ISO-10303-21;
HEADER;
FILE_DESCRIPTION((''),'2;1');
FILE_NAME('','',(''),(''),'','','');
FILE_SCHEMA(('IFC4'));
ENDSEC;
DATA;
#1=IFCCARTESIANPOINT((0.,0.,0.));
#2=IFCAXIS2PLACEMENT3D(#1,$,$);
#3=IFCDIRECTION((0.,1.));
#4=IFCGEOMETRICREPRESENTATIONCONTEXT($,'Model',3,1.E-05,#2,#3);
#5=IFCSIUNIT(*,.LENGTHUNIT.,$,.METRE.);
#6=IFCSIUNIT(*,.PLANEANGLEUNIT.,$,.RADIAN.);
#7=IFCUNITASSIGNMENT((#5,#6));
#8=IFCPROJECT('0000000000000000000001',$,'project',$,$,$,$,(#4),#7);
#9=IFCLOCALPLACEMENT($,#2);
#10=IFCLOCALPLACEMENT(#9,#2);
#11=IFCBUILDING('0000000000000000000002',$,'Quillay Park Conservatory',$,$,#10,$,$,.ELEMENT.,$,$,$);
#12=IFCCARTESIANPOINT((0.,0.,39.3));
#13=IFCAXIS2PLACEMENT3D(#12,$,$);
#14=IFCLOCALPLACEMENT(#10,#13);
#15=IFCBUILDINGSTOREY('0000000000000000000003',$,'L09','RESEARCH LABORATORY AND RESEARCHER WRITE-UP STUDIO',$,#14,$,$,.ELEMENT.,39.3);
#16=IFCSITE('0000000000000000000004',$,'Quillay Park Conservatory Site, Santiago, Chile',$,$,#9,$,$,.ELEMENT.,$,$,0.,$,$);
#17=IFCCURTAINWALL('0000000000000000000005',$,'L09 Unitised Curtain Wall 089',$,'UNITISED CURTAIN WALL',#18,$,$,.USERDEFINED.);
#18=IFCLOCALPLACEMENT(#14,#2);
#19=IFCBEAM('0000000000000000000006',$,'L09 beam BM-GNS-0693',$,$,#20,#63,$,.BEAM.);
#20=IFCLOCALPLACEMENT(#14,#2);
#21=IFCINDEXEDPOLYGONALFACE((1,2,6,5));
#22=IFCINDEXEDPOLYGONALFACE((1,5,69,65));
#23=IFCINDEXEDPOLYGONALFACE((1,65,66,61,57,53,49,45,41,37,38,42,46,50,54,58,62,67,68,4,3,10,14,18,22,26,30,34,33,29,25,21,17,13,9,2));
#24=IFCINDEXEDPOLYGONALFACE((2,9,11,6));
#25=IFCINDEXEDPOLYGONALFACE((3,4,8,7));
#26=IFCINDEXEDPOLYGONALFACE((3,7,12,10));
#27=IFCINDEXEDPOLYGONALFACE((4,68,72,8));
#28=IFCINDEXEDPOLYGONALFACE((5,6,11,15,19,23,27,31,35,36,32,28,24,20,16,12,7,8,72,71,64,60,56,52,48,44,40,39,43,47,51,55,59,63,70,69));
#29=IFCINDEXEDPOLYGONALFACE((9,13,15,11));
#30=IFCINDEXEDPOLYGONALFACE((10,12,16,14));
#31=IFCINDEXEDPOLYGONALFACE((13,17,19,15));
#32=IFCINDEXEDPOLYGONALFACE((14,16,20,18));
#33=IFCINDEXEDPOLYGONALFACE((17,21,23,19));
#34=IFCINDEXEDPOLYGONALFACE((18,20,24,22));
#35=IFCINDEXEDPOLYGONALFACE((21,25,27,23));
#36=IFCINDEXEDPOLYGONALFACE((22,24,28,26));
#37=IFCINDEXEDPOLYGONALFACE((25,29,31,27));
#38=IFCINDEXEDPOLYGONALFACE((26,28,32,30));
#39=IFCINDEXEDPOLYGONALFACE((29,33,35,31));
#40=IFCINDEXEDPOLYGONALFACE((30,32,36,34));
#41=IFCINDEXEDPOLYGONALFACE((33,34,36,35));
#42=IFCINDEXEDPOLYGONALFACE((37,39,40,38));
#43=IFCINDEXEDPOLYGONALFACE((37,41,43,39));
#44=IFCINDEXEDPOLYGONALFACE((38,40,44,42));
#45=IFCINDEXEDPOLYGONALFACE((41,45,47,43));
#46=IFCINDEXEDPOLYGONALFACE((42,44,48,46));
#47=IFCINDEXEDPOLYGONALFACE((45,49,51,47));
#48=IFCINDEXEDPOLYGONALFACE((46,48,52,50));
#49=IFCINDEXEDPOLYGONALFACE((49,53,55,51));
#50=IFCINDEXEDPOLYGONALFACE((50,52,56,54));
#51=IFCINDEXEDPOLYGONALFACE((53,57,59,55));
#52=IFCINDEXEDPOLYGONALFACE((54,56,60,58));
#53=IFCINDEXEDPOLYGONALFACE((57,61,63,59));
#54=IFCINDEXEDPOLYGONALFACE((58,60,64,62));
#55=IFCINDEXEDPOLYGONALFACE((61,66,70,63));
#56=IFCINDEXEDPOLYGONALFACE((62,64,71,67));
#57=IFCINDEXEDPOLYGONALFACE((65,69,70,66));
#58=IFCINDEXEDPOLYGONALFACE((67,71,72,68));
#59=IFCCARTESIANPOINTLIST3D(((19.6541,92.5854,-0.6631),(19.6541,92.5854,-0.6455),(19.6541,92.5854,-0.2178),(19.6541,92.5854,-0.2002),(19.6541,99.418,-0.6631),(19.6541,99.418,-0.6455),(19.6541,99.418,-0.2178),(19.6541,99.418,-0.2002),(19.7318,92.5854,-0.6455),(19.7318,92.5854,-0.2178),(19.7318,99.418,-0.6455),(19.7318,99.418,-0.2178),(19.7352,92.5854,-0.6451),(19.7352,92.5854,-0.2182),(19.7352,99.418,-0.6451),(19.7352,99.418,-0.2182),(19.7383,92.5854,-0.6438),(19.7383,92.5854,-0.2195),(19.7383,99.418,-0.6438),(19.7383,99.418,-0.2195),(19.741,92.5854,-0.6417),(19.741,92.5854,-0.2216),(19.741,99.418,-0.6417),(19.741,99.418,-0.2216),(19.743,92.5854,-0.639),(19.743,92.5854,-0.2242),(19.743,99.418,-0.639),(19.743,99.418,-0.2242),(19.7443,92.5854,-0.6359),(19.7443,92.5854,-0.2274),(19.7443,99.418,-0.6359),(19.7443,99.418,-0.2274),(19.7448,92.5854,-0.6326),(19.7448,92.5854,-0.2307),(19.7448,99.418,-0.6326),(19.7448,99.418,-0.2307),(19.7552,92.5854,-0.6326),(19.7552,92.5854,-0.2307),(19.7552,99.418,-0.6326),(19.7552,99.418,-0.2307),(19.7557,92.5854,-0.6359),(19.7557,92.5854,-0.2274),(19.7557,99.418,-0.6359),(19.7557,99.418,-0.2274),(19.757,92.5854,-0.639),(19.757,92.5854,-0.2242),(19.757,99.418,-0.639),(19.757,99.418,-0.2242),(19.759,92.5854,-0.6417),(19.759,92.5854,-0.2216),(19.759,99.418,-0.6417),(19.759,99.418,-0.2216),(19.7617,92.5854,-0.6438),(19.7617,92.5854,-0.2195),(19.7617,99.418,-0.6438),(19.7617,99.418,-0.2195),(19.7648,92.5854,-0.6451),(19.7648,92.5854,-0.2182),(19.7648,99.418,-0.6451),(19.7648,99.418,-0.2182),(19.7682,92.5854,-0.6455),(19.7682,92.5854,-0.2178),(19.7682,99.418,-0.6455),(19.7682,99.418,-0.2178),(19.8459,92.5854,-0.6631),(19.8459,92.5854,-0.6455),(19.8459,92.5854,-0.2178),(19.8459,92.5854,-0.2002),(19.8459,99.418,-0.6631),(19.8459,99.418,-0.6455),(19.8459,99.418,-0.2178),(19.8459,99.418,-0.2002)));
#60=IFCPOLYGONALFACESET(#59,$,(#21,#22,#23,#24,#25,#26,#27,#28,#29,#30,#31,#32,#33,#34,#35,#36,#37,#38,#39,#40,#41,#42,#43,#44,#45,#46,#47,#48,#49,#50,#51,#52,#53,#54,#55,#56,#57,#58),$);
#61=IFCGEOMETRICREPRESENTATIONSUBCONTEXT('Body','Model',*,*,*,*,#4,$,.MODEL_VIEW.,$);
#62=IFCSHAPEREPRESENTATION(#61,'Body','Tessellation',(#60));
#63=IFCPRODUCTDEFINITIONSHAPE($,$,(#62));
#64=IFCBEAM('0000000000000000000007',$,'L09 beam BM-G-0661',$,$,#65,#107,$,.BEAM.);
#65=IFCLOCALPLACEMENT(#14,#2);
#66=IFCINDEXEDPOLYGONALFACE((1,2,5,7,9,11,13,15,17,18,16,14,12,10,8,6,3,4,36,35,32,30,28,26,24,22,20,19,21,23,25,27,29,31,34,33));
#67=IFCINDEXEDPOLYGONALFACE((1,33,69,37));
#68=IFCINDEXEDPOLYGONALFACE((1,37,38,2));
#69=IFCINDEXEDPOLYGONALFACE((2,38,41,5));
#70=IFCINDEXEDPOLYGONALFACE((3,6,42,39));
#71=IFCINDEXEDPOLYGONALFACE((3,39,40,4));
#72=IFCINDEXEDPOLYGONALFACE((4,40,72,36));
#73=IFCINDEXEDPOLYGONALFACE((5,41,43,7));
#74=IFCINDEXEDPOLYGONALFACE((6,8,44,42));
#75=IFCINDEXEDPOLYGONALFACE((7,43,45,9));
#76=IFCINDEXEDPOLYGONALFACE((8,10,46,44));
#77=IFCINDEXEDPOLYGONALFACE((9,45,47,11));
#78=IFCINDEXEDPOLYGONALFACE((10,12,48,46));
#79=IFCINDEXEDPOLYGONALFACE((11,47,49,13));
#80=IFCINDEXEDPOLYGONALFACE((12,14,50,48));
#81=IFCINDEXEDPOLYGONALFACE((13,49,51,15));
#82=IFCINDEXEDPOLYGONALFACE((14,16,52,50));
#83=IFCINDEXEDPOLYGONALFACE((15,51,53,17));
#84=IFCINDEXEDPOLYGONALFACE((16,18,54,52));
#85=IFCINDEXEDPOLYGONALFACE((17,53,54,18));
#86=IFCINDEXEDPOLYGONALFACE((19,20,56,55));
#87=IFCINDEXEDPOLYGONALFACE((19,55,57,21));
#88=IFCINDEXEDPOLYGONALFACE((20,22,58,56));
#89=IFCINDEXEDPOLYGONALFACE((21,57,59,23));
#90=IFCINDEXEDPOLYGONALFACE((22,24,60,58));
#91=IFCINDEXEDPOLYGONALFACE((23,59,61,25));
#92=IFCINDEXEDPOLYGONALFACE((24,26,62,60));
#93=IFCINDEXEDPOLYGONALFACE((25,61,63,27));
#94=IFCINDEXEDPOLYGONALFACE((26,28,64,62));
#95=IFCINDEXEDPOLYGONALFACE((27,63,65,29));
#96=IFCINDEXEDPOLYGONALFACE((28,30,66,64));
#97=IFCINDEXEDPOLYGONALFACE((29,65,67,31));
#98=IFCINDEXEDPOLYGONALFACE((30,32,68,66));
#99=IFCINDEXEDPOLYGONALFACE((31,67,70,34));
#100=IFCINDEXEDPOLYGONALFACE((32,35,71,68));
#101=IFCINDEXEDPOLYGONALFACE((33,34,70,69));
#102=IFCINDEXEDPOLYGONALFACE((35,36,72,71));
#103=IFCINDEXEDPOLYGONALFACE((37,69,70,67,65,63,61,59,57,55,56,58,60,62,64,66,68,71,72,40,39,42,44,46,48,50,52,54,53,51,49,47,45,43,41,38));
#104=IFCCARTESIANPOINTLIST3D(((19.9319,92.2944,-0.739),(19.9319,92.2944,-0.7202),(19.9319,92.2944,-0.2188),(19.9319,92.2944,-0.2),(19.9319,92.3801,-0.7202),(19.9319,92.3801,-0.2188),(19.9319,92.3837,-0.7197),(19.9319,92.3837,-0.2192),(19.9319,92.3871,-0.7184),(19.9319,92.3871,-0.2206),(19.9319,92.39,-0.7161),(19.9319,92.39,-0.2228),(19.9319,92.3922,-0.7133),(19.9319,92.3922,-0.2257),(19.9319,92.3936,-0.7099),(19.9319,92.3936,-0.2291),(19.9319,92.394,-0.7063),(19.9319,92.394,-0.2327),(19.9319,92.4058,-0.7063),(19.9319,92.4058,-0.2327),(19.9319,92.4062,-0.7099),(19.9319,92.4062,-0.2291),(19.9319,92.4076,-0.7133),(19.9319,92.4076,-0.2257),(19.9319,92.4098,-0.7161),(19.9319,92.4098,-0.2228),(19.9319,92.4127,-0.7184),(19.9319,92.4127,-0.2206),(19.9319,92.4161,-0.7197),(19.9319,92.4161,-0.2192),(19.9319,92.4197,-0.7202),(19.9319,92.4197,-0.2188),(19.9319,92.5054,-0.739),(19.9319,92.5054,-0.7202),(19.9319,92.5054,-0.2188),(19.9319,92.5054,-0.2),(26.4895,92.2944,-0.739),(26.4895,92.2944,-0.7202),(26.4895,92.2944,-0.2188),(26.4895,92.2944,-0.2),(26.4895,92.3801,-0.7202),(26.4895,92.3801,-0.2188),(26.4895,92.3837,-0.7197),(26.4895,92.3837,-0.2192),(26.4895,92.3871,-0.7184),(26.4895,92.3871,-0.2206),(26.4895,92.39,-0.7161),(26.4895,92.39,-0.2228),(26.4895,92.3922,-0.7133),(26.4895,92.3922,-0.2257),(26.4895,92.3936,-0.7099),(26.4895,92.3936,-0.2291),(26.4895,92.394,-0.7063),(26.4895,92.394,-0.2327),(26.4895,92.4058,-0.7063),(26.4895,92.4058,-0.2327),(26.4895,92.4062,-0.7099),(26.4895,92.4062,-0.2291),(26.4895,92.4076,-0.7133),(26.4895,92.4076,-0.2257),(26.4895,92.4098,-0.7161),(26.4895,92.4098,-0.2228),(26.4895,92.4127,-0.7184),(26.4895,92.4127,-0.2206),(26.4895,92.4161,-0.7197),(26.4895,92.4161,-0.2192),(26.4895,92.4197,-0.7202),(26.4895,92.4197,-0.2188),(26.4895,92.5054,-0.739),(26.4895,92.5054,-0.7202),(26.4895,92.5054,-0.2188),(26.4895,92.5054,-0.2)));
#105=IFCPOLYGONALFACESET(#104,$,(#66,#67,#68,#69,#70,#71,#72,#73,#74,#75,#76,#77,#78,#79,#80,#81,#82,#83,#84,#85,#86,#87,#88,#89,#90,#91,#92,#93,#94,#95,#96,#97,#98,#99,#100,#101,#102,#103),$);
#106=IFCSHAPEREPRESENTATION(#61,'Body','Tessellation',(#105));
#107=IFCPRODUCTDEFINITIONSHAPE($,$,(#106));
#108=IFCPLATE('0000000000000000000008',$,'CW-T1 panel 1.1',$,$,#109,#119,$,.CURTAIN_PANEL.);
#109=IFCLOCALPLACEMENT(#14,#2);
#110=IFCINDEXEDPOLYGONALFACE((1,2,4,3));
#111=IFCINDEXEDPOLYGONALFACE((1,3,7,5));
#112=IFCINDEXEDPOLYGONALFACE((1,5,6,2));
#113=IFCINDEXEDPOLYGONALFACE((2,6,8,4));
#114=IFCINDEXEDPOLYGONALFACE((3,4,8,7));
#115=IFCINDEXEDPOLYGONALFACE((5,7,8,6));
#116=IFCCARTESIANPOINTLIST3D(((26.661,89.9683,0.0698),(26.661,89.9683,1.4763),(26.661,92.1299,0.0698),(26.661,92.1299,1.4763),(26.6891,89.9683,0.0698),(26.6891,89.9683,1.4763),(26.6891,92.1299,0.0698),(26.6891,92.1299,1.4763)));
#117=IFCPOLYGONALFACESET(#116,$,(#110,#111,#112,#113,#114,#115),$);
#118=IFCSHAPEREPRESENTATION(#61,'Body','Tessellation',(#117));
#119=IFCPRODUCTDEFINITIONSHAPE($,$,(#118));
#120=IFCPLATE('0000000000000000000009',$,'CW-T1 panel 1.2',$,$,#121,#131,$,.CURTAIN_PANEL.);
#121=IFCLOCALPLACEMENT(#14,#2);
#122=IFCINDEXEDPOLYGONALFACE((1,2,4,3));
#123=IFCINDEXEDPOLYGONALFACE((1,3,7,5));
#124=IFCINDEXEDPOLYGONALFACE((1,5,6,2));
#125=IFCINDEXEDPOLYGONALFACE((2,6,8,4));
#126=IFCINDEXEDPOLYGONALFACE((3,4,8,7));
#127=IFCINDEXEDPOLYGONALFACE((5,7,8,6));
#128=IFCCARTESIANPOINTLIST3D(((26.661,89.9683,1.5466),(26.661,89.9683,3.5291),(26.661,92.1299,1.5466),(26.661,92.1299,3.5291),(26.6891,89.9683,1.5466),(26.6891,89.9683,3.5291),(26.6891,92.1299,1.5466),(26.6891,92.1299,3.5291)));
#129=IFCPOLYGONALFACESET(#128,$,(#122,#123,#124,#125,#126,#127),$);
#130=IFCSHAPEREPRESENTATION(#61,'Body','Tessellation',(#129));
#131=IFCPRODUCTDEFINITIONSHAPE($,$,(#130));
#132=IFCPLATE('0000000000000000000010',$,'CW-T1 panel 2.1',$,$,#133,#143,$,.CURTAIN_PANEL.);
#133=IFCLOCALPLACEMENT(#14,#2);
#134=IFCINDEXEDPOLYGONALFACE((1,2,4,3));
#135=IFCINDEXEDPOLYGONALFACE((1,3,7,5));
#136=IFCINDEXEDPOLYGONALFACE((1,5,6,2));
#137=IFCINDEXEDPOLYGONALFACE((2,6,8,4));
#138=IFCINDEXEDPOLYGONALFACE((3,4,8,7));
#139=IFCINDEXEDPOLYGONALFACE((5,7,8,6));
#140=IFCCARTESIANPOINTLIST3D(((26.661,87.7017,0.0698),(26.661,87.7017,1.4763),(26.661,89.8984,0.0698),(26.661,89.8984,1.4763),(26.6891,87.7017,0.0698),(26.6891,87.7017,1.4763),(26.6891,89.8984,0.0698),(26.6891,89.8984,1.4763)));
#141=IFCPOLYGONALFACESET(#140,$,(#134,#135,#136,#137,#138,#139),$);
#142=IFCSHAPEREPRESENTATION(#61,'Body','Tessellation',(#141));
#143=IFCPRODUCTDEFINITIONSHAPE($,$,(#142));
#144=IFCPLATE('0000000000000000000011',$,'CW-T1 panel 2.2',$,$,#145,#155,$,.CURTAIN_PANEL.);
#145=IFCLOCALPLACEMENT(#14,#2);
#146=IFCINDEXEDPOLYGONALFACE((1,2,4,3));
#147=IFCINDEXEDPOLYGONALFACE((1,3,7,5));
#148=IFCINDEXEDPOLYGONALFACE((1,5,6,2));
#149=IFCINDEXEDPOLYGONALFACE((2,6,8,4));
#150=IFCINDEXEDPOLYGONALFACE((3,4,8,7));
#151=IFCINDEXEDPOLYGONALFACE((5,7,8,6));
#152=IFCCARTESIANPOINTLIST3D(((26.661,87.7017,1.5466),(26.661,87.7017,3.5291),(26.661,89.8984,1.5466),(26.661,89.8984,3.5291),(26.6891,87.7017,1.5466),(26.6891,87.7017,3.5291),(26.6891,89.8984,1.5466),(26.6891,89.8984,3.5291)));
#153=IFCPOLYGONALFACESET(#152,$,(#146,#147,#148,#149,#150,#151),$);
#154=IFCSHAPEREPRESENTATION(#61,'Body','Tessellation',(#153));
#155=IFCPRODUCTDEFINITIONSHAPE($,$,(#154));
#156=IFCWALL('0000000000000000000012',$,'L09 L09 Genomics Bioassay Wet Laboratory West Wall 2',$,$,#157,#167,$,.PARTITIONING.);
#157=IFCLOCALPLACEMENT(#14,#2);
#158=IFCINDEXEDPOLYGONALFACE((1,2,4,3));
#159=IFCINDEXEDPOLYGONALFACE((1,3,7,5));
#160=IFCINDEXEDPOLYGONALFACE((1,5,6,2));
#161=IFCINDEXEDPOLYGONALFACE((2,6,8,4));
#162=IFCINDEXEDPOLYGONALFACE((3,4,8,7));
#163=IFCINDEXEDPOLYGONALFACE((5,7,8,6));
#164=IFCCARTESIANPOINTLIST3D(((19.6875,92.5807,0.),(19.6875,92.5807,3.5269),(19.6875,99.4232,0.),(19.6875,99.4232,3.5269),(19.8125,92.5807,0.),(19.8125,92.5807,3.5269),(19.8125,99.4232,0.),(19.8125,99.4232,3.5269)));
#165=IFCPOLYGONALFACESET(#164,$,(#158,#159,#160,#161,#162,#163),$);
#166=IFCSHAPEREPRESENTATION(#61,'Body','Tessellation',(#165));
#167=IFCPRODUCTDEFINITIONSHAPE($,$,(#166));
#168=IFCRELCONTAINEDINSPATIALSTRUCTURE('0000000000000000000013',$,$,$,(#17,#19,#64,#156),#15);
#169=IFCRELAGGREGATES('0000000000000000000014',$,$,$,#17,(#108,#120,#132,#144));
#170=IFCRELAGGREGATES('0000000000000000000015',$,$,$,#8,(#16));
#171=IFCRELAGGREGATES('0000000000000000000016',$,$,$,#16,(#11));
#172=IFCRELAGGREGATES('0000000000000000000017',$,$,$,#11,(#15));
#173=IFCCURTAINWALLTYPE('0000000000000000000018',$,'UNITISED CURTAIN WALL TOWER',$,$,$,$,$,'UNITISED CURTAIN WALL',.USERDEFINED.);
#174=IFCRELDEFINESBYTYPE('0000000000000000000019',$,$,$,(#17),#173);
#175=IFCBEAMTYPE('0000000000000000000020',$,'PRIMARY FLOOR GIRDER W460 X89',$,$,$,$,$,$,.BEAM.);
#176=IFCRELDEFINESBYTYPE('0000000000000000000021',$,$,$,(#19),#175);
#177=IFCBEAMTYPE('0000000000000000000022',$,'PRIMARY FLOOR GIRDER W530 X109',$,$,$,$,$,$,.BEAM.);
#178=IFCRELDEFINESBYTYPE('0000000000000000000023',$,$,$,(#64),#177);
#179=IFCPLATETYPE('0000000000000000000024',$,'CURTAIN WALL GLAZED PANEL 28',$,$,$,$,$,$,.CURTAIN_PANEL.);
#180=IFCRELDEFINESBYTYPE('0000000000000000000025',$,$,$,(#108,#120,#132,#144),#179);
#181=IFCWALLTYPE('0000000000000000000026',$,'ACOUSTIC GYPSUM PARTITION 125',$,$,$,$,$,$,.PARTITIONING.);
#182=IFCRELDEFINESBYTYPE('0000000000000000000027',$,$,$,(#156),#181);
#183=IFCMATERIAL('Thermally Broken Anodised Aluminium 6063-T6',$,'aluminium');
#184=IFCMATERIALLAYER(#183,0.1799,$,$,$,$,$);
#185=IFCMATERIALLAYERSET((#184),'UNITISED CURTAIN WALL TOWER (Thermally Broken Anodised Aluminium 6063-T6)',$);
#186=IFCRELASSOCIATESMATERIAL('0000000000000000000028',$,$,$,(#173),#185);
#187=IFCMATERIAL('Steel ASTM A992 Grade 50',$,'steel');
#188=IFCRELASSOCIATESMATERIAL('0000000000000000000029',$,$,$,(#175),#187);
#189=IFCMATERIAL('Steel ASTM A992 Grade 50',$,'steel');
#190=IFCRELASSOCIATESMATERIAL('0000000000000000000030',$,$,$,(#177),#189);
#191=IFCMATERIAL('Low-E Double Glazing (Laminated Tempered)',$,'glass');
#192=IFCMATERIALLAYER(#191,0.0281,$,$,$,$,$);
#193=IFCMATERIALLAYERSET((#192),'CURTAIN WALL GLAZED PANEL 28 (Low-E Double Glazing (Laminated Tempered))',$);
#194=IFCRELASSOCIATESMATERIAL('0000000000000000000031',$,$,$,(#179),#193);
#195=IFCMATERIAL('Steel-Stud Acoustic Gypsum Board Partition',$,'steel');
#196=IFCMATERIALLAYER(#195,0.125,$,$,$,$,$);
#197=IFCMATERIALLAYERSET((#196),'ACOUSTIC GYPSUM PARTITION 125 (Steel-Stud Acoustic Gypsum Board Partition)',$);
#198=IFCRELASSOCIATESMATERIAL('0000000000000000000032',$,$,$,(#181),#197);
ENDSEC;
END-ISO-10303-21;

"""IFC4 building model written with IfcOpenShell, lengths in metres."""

from ifc_helpers import new_model, si_unit, direction, frame, frame_2d, origin, origin_2d, place, context, subcontext, project, spatial, rectangle, i_section, extrude, material, layer, layer_set, material_profile, profile_set, type_object, element, aggregate, save


model = new_model("IFC4")

# Units and contexts
model_context = context("Model", 3, precision=1e-05, world=origin(), true_north=direction((0.0, 1.0)))
body_context = subcontext(model_context, "Body", "Model", "MODEL_VIEW")
ifc_project = project(units=[si_unit("LENGTHUNIT", "METRE"), si_unit("PLANEANGLEUNIT", "RADIAN")], contexts=[model_context])

# Site, building, storey
site_placement = place(None, origin())
site = spatial("IfcSite", under=ifc_project, at=site_placement, Name="Quillay Park Conservatory Site, Santiago, Chile", CompositionType="ELEMENT", RefElevation=0.0)
building_placement = place(site_placement, origin())
building = spatial("IfcBuilding", under=site, at=building_placement, Name="Quillay Park Conservatory", CompositionType="ELEMENT")
storey_placement = place(building_placement, frame((0.0, 0.0, 39.3)))
storey = spatial("IfcBuildingStorey", under=building, at=storey_placement, Name="L09", Description="RESEARCH LABORATORY AND RESEARCHER WRITE-UP STUDIO", CompositionType="ELEMENT", Elevation=39.3)

# Curtain wall
ifc_material_1 = material(Name="Thermally Broken Anodised Aluminium 6063-T6", Category="aluminium")
ifc_layer_1 = layer(ifc_material_1, 0.1799)
ifc_layer_set_1 = layer_set([ifc_layer_1], Name="UNITISED CURTAIN WALL TOWER (Thermally Broken Anodised Aluminium 6063-T6)")
curtain_wall_type = type_object("IfcCurtainWallType", Name="UNITISED CURTAIN WALL TOWER", ElementType="UNITISED CURTAIN WALL", PredefinedType="USERDEFINED", material=ifc_layer_set_1)
curtain_wall_1_placement = place(storey_placement, origin())
curtain_wall_1 = element("IfcCurtainWall", 1, at=curtain_wall_1_placement, inside=storey, type_object=curtain_wall_type, Name="L09 Unitised Curtain Wall 089", ObjectType="UNITISED CURTAIN WALL", PredefinedType="USERDEFINED")

# Beams
ifc_material_2 = material(Name="Steel ASTM A992 Grade 50", Category="steel")
ifc_material_profile_1 = material_profile(ifc_material_2, i_section(OverallWidth=0.1919, OverallDepth=0.4629, WebThickness=0.0105, FlangeThickness=0.0176, FilletRadius=0.0129, at=origin_2d()), Name="W460x89")
ifc_profile_set_1 = profile_set([ifc_material_profile_1], Name="Steel ASTM A992 Grade 50")
beam_type_1 = type_object("IfcBeamType", Name="PRIMARY FLOOR GIRDER W460 X89", PredefinedType="BEAM", material=ifc_profile_set_1)
beam_1_placement = place(storey_placement, frame((19.75, 92.5854, -0.4316), z_axis=(0.0, 1.0, 0.0), x_axis=(-1.0, 0.0, 0.0)))
element("IfcBeam", 2, at=beam_1_placement, inside=storey, type_object=beam_type_1, Name="L09 beam BM-GNS-0693", PredefinedType="BEAM", context=body_context, shape_type="SweptSolid", body=[
    extrude(i_section(OverallWidth=0.1919, OverallDepth=0.4629, WebThickness=0.0105, FlangeThickness=0.0176, FilletRadius=0.0129, at=origin_2d()), origin(), (0.0, 0.0, 1.0), 6.8325),
])
ifc_material_3 = material(Name="Steel ASTM A992 Grade 50", Category="steel")
ifc_material_profile_2 = material_profile(ifc_material_3, i_section(OverallWidth=0.2109, OverallDepth=0.5391, WebThickness=0.0117, FlangeThickness=0.0188, FilletRadius=0.0139, at=origin_2d()), Name="W530x109")
ifc_profile_set_2 = profile_set([ifc_material_profile_2], Name="Steel ASTM A992 Grade 50")
beam_type_2 = type_object("IfcBeamType", Name="PRIMARY FLOOR GIRDER W530 X109", PredefinedType="BEAM", material=ifc_profile_set_2)
beam_2_placement = place(storey_placement, frame((19.9319, 92.3999, -0.4695), z_axis=(1.0, 0.0, 0.0), x_axis=(0.0, 1.0, 0.0)))
element("IfcBeam", 3, at=beam_2_placement, inside=storey, type_object=beam_type_2, Name="L09 beam BM-G-0661", PredefinedType="BEAM", context=body_context, shape_type="SweptSolid", body=[
    extrude(i_section(OverallWidth=0.2109, OverallDepth=0.5391, WebThickness=0.0117, FlangeThickness=0.0188, FilletRadius=0.0139, at=origin_2d()), origin(), (0.0, 0.0, 1.0), 6.5576),
])

# Plates
ifc_material_4 = material(Name="Low-E Double Glazing (Laminated Tempered)", Category="glass")
ifc_layer_2 = layer(ifc_material_4, 0.0281)
ifc_layer_set_2 = layer_set([ifc_layer_2], Name="CURTAIN WALL GLAZED PANEL 28 (Low-E Double Glazing (Laminated Tempered))")
plate_type = type_object("IfcPlateType", Name="CURTAIN WALL GLAZED PANEL 28", PredefinedType="CURTAIN_PANEL", material=ifc_layer_set_2)
plate_1_placement = place(storey_placement, frame((26.675, 91.0491, 0.0698), z_axis=(0.0, 0.0, 1.0), x_axis=(0.0, -1.0, 0.0)))
plate_1 = element("IfcPlate", 4, at=plate_1_placement, type_object=plate_type, Name="CW-T1 panel 1.1", PredefinedType="CURTAIN_PANEL", context=body_context, shape_type="SweptSolid", body=[
    extrude(rectangle(XDim=2.1616, YDim=0.0281, at=origin_2d()), origin(), (0.0, 0.0, 1.0), 1.4065),
])
plate_2_placement = place(storey_placement, frame((26.675, 91.0491, 1.5466), z_axis=(0.0, 0.0, 1.0), x_axis=(0.0, -1.0, 0.0)))
plate_2 = element("IfcPlate", 5, at=plate_2_placement, type_object=plate_type, Name="CW-T1 panel 1.2", PredefinedType="CURTAIN_PANEL", context=body_context, shape_type="SweptSolid", body=[
    extrude(rectangle(XDim=2.1616, YDim=0.0281, at=origin_2d()), origin(), (0.0, 0.0, 1.0), 1.9824),
])
plate_3_placement = place(storey_placement, frame((26.675, 88.8, 0.0698), z_axis=(0.0, 0.0, 1.0), x_axis=(0.0, -1.0, 0.0)))
plate_3 = element("IfcPlate", 6, at=plate_3_placement, type_object=plate_type, Name="CW-T1 panel 2.1", PredefinedType="CURTAIN_PANEL", context=body_context, shape_type="SweptSolid", body=[
    extrude(rectangle(XDim=2.1968, YDim=0.0281, at=origin_2d()), origin(), (0.0, 0.0, 1.0), 1.4065),
])
plate_4_placement = place(storey_placement, frame((26.675, 88.8, 1.5466), z_axis=(0.0, 0.0, 1.0), x_axis=(0.0, -1.0, 0.0)))
plate_4 = element("IfcPlate", 7, at=plate_4_placement, type_object=plate_type, Name="CW-T1 panel 2.2", PredefinedType="CURTAIN_PANEL", context=body_context, shape_type="SweptSolid", body=[
    extrude(rectangle(XDim=2.1968, YDim=0.0281, at=origin_2d()), origin(), (0.0, 0.0, 1.0), 1.9824),
])
aggregate(curtain_wall_1, [plate_1, plate_2, plate_3, plate_4])

# Wall
ifc_material_5 = material(Name="Steel-Stud Acoustic Gypsum Board Partition", Category="steel")
ifc_layer_3 = layer(ifc_material_5, 0.125)
ifc_layer_set_3 = layer_set([ifc_layer_3], Name="ACOUSTIC GYPSUM PARTITION 125 (Steel-Stud Acoustic Gypsum Board Partition)")
wall_type = type_object("IfcWallType", Name="ACOUSTIC GYPSUM PARTITION 125", PredefinedType="PARTITIONING", material=ifc_layer_set_3)
wall_placement = place(storey_placement, frame((19.75, 92.5806, 0.0), z_axis=(0.0, 0.0, 1.0), x_axis=(0.0, 1.0, 0.0)))
element("IfcWall", 8, at=wall_placement, inside=storey, type_object=wall_type, Name="L09 L09 Genomics Bioassay Wet Laboratory West Wall 2", PredefinedType="PARTITIONING", context=body_context, shape_type="SweptSolid", body=[
    extrude(rectangle(XDim=6.8425, YDim=0.125, at=frame_2d((3.4214, 0.0))), origin(), (0.0, 0.0, 1.0), 3.5269),
])

save(model, "model.ifc")
